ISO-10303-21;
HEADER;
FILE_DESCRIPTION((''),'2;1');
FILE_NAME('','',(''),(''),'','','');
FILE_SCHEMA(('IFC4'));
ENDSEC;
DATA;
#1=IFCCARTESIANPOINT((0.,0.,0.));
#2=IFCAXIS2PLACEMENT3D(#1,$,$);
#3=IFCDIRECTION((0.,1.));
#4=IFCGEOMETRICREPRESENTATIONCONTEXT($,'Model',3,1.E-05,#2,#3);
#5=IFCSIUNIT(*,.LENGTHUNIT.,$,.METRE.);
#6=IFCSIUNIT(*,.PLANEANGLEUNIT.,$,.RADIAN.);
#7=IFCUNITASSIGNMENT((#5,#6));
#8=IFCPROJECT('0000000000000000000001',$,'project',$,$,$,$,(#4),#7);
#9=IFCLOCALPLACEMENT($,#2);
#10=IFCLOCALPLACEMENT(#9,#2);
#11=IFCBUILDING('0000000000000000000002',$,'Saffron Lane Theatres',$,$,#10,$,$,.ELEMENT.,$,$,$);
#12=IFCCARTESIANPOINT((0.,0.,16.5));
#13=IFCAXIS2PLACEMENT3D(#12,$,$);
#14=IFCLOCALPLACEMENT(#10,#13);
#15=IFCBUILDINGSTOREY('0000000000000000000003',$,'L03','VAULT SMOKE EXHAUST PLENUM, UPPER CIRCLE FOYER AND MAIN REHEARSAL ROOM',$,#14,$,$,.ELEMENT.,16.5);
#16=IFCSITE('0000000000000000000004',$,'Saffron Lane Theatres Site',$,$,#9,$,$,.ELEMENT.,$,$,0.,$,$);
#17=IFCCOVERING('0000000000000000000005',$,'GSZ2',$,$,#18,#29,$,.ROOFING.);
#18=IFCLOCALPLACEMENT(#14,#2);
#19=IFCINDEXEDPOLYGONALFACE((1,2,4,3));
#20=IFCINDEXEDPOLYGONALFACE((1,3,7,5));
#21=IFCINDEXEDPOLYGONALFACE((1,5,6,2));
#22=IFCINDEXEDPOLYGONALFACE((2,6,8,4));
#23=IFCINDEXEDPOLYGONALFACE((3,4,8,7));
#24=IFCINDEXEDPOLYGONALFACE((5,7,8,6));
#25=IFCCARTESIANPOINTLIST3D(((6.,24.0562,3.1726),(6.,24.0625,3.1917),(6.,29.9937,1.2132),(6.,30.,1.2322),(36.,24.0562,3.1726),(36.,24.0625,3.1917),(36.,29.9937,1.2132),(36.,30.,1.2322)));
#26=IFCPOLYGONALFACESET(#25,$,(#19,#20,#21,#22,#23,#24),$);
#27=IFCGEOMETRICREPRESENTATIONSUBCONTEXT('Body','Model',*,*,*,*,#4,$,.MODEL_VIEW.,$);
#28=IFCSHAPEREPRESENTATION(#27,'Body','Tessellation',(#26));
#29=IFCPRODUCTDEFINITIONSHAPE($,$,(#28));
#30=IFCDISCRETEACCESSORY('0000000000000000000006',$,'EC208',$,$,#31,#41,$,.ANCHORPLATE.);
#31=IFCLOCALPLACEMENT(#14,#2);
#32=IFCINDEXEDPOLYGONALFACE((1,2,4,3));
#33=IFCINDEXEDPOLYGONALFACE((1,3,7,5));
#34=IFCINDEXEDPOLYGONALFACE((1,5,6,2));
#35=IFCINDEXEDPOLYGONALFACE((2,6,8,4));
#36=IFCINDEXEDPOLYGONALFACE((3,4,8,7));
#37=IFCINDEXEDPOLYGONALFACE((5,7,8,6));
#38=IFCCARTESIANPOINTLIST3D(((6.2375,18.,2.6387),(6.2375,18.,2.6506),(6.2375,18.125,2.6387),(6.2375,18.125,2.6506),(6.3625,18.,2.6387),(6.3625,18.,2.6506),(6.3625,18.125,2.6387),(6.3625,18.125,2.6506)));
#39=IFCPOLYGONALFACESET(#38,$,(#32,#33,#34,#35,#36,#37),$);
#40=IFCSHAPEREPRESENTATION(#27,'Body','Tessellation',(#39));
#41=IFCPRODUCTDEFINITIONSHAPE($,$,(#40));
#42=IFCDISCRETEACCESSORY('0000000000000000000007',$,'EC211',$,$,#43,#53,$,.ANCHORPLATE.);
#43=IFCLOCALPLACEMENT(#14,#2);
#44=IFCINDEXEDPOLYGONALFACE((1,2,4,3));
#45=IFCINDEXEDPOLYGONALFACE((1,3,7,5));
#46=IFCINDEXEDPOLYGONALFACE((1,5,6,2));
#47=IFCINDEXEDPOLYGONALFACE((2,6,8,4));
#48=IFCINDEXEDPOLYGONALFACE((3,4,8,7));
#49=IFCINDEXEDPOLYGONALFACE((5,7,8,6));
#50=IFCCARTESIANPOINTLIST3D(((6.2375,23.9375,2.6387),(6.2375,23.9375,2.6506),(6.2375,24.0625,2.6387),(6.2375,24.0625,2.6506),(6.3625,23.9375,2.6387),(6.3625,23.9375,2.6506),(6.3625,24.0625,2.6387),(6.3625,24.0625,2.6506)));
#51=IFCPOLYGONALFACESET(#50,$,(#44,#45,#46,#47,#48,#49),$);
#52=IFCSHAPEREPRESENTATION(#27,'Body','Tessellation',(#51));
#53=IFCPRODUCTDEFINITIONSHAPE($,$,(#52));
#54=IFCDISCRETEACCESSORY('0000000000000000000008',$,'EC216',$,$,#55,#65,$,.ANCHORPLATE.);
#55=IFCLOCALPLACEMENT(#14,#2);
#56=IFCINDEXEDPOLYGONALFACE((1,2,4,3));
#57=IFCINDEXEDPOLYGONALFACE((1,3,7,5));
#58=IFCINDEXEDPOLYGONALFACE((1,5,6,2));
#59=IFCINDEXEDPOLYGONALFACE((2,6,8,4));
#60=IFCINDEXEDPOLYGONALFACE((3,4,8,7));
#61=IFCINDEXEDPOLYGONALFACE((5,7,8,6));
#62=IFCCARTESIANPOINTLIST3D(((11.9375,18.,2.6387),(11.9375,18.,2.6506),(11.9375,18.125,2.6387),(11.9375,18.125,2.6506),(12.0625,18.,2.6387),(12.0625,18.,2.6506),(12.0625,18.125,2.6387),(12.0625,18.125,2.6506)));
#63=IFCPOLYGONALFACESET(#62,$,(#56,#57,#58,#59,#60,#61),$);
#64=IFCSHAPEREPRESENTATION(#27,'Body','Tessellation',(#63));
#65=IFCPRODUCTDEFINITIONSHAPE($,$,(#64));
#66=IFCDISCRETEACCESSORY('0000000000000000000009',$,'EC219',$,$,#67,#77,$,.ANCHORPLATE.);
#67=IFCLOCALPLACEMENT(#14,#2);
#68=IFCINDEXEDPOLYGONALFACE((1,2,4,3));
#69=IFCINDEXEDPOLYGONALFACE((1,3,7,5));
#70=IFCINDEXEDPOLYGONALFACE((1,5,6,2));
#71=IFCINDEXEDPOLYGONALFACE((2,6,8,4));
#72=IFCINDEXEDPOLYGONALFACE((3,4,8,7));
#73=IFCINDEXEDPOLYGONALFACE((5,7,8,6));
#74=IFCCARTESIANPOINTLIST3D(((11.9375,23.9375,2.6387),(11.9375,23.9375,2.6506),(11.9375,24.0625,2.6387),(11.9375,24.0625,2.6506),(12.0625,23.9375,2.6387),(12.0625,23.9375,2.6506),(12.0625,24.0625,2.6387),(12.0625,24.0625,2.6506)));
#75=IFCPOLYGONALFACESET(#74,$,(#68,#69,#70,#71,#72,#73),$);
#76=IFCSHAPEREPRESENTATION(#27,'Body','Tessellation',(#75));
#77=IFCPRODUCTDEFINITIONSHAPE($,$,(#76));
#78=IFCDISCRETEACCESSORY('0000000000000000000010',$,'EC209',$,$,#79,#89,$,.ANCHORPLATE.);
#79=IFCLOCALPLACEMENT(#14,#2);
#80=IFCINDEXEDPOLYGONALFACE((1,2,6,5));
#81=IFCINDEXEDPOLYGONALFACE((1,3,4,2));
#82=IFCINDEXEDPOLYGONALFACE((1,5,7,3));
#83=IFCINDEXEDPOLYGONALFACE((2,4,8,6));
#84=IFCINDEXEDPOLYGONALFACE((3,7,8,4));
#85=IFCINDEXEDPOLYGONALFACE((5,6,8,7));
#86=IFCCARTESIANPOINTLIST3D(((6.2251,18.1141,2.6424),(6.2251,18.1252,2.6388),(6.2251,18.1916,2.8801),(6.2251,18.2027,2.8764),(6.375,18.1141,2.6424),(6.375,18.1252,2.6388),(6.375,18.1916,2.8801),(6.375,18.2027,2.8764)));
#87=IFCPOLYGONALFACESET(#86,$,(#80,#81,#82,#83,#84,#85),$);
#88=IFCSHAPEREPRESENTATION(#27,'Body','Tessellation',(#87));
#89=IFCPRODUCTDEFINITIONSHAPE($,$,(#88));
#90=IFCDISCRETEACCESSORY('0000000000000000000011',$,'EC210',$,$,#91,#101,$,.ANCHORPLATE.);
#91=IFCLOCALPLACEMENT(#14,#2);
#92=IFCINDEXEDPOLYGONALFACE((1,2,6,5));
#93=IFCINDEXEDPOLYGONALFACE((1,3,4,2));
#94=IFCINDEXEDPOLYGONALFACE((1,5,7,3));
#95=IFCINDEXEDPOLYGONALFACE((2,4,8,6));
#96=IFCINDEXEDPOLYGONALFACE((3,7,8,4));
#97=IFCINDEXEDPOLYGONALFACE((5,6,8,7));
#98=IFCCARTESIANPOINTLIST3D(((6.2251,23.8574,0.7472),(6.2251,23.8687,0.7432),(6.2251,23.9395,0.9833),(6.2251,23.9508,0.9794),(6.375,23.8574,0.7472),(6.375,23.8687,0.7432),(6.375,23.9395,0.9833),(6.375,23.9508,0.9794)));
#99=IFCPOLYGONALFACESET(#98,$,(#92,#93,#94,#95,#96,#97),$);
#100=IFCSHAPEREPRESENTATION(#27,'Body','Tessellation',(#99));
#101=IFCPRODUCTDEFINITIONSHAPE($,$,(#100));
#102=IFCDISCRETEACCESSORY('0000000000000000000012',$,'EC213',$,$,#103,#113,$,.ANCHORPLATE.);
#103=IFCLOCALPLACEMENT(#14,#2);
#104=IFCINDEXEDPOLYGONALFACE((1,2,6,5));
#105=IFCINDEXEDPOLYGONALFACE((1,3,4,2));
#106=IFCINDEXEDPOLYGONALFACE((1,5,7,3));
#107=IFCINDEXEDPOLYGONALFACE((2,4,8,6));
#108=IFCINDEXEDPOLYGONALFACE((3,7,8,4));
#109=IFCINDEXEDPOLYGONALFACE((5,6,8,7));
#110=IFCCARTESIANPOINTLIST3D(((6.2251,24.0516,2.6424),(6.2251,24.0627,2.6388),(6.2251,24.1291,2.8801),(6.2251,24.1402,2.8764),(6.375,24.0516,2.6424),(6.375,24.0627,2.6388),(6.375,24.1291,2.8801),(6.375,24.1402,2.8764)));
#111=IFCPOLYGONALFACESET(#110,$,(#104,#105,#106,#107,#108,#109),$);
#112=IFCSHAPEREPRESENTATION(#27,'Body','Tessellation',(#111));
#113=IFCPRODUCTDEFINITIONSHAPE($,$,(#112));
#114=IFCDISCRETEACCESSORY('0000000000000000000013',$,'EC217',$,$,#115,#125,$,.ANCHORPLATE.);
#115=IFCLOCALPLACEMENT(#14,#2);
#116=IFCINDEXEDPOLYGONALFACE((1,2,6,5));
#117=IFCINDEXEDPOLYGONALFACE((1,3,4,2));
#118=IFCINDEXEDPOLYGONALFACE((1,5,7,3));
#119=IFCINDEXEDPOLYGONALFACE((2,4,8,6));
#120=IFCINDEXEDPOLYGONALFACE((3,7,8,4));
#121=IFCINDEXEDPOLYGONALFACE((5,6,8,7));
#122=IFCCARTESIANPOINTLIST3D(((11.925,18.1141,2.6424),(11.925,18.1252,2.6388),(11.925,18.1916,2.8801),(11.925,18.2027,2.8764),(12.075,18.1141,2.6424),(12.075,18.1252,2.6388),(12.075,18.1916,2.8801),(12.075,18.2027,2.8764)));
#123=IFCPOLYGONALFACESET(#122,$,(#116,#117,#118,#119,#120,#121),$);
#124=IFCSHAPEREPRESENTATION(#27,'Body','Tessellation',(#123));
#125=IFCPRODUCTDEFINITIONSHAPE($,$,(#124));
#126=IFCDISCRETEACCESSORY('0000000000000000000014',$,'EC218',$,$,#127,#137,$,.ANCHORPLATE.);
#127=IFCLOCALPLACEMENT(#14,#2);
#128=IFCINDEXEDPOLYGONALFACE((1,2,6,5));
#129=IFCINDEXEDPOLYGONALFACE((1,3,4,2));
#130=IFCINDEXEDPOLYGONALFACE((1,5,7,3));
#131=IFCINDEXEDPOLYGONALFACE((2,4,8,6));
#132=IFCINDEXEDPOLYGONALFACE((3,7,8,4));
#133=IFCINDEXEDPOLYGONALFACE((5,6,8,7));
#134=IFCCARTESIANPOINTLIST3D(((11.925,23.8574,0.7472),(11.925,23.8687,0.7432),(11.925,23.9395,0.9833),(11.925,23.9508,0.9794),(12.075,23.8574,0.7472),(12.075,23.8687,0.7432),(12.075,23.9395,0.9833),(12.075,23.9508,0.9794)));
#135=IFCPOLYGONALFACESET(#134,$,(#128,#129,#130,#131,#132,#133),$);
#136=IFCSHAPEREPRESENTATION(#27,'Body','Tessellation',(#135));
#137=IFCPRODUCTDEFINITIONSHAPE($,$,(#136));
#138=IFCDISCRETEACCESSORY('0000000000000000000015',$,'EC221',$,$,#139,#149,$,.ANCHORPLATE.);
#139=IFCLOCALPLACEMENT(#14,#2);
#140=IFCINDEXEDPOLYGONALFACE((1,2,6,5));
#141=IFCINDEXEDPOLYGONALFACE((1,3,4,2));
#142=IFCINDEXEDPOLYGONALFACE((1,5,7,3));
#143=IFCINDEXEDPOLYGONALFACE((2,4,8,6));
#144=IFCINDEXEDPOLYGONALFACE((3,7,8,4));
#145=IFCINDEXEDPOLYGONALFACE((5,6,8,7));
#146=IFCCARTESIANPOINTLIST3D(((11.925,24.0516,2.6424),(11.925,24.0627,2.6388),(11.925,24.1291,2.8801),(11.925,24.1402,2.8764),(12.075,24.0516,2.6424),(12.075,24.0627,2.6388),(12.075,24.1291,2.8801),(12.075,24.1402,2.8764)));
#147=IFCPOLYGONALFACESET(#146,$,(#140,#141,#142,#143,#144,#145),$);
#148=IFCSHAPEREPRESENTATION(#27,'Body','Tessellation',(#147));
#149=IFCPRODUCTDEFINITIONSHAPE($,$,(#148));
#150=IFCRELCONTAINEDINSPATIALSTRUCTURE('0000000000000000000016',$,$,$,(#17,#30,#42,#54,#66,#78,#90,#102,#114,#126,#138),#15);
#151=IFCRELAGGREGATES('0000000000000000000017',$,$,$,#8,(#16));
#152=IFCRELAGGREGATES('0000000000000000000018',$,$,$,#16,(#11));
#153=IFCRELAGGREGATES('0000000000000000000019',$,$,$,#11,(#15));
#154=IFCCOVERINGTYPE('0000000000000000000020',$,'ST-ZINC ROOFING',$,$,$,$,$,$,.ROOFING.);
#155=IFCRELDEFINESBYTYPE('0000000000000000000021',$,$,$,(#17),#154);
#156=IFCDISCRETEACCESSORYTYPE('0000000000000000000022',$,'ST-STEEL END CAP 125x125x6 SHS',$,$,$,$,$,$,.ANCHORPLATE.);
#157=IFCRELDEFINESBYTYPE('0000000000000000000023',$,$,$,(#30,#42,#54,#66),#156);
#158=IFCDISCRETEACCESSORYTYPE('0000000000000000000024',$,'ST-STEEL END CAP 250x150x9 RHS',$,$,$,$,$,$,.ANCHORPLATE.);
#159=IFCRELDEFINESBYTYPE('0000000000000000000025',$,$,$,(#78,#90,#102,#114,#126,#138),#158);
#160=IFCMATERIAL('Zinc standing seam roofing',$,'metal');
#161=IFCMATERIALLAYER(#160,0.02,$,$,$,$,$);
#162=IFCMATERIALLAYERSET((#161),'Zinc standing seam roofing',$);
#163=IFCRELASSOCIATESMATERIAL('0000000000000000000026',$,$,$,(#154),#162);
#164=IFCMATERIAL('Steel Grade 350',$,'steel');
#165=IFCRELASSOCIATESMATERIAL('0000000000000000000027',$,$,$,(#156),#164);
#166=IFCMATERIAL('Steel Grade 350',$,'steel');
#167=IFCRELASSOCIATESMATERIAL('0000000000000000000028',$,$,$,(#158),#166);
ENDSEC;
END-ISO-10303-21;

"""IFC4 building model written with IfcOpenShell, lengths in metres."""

from ifc_helpers import new_model, si_unit, direction, frame, origin, origin_2d, place, context, subcontext, project, spatial, polyline, rectangle, outline, extrude, material, layer, layer_set, material_profile, profile_set, type_object, element, save


model = new_model("IFC4")

# Units and contexts
model_context = context("Model", 3, precision=1e-05, world=origin(), true_north=direction((0.0, 1.0)))
body_context = subcontext(model_context, "Body", "Model", "MODEL_VIEW")
ifc_project = project(units=[si_unit("LENGTHUNIT", "METRE"), si_unit("PLANEANGLEUNIT", "RADIAN")], contexts=[model_context])

# Site, building, storey
site_placement = place(None, origin())
site = spatial("IfcSite", under=ifc_project, at=site_placement, Name="Saffron Lane Theatres Site", CompositionType="ELEMENT", RefElevation=0.0)
building_placement = place(site_placement, origin())
building = spatial("IfcBuilding", under=site, at=building_placement, Name="Saffron Lane Theatres", CompositionType="ELEMENT")
storey_placement = place(building_placement, frame((0.0, 0.0, 16.5)))
storey = spatial("IfcBuildingStorey", under=building, at=storey_placement, Name="L03", Description="VAULT SMOKE EXHAUST PLENUM, UPPER CIRCLE FOYER AND MAIN REHEARSAL ROOM", CompositionType="ELEMENT", Elevation=16.5)

# Covering
ifc_material_1 = material(Name="Zinc standing seam roofing", Category="metal")
ifc_layer_1 = layer(ifc_material_1, 0.02)
ifc_layer_set_1 = layer_set([ifc_layer_1], Name="Zinc standing seam roofing")
covering_type = type_object("IfcCoveringType", Name="ST-ZINC ROOFING", PredefinedType="ROOFING", material=ifc_layer_set_1)
covering_placement = place(storey_placement, frame((6.0, 24.0625, 3.1917), z_axis=(0.0, 0.313392, 0.949624), x_axis=(1.0, 0.0, 0.0)))
element("IfcCovering", 1, at=covering_placement, inside=storey, type_object=covering_type, Name="GSZ2", PredefinedType="ROOFING", context=body_context, shape_type="SweptSolid", body=[
    extrude(outline(polyline([(0.0, 0.0), (30.0, 0.0), (30.0, 6.2525), (0.0, 6.2525), (0.0, 0.0)])), origin(), (0.0, 0.0, -1.0), 0.02),
])

# Discrete accessories
ifc_material_2 = material(Name="Steel Grade 350", Category="steel")
ifc_material_profile_1 = material_profile(ifc_material_2, rectangle(XDim=0.125, YDim=0.125, at=origin_2d()))
ifc_profile_set_1 = profile_set([ifc_material_profile_1], Name="Steel Grade 350")
discrete_accessory_type_1 = type_object("IfcDiscreteAccessoryType", Name="ST-STEEL END CAP 125x125x6 SHS", PredefinedType="ANCHORPLATE", material=ifc_profile_set_1)
for number, where, z_axis, x_axis, name in (
    (2, (6.3, 18.0625, 2.6387), (0.0, 0.0, 1.0), (1.0, 0.0, 0.0), "EC208"),
    (3, (6.3, 24.0, 2.6387), (0.0, 0.0, 1.0), (1.0, 0.0, 0.0), "EC211"),
    (4, (12.0, 18.0625, 2.6387), (0.0, 0.0, 1.0), (1.0, 0.0, 0.0), "EC216"),
    (5, (12.0, 24.0, 2.6387), (0.0, 0.0, 1.0), (1.0, 0.0, 0.0), "EC219"),
):
    element("IfcDiscreteAccessory", number, at=place(storey_placement, frame(where, z_axis=z_axis, x_axis=x_axis)), inside=storey, type_object=discrete_accessory_type_1, Name=name, PredefinedType="ANCHORPLATE", context=body_context, shape_type="SweptSolid", body=[
        extrude(rectangle(XDim=0.125, YDim=0.125, at=origin_2d()), origin(), (0.0, 0.0, 1.0), 0.012),
    ])
ifc_material_3 = material(Name="Steel Grade 350", Category="steel")
ifc_material_profile_2 = material_profile(ifc_material_3, rectangle(XDim=0.1499, YDim=0.25, at=origin_2d()))
ifc_profile_set_2 = profile_set([ifc_material_profile_2], Name="Steel Grade 350")
discrete_accessory_type_2 = type_object("IfcDiscreteAccessoryType", Name="ST-STEEL END CAP 250x150x9 RHS", PredefinedType="ANCHORPLATE", material=ifc_profile_set_2)
discrete_accessory_1_placement = place(storey_placement, frame((6.3, 18.1528, 2.7612), z_axis=(0.0, 0.95073, -0.310021), x_axis=(-1.0, 0.0, 0.0)))
element("IfcDiscreteAccessory", 6, at=discrete_accessory_1_placement, inside=storey, type_object=discrete_accessory_type_2, Name="EC209", PredefinedType="ANCHORPLATE", context=body_context, shape_type="SweptSolid", body=[
    extrude(rectangle(XDim=0.1499, YDim=0.25, at=origin_2d()), origin(), (0.0, 0.0, 1.0), 0.0117),
])
discrete_accessory_2_placement = place(storey_placement, frame((6.3, 23.8984, 0.8652), z_axis=(0.0, 0.944497, -0.328521), x_axis=(-1.0, 0.0, 0.0)))
element("IfcDiscreteAccessory", 7, at=discrete_accessory_2_placement, inside=storey, type_object=discrete_accessory_type_2, Name="EC210", PredefinedType="ANCHORPLATE", context=body_context, shape_type="SweptSolid", body=[
    extrude(rectangle(XDim=0.1499, YDim=0.25, at=origin_2d()), origin(), (0.0, 0.0, 1.0), 0.012),
])
for number, where, z_axis, x_axis, name in (
    (8, (6.3, 24.0903, 2.7612), (0.0, 0.95073, -0.310021), (-1.0, 0.0, 0.0), "EC213"),
    (9, (12.0, 18.1528, 2.7612), (0.0, 0.95073, -0.310021), (-1.0, 0.0, 0.0), "EC217"),
):
    element("IfcDiscreteAccessory", number, at=place(storey_placement, frame(where, z_axis=z_axis, x_axis=x_axis)), inside=storey, type_object=discrete_accessory_type_2, Name=name, PredefinedType="ANCHORPLATE", context=body_context, shape_type="SweptSolid", body=[
        extrude(rectangle(XDim=0.1499, YDim=0.25, at=origin_2d()), origin(), (0.0, 0.0, 1.0), 0.0117),
    ])
discrete_accessory_3_placement = place(storey_placement, frame((12.0, 23.8984, 0.8652), z_axis=(0.0, 0.944497, -0.328521), x_axis=(-1.0, 0.0, 0.0)))
element("IfcDiscreteAccessory", 10, at=discrete_accessory_3_placement, inside=storey, type_object=discrete_accessory_type_2, Name="EC218", PredefinedType="ANCHORPLATE", context=body_context, shape_type="SweptSolid", body=[
    extrude(rectangle(XDim=0.1499, YDim=0.25, at=origin_2d()), origin(), (0.0, 0.0, 1.0), 0.012),
])
discrete_accessory_4_placement = place(storey_placement, frame((12.0, 24.0903, 2.7612), z_axis=(0.0, 0.95073, -0.310021), x_axis=(-1.0, 0.0, 0.0)))
element("IfcDiscreteAccessory", 11, at=discrete_accessory_4_placement, inside=storey, type_object=discrete_accessory_type_2, Name="EC221", PredefinedType="ANCHORPLATE", context=body_context, shape_type="SweptSolid", body=[
    extrude(rectangle(XDim=0.1499, YDim=0.25, at=origin_2d()), origin(), (0.0, 0.0, 1.0), 0.0117),
])

save(model, "model.ifc")
